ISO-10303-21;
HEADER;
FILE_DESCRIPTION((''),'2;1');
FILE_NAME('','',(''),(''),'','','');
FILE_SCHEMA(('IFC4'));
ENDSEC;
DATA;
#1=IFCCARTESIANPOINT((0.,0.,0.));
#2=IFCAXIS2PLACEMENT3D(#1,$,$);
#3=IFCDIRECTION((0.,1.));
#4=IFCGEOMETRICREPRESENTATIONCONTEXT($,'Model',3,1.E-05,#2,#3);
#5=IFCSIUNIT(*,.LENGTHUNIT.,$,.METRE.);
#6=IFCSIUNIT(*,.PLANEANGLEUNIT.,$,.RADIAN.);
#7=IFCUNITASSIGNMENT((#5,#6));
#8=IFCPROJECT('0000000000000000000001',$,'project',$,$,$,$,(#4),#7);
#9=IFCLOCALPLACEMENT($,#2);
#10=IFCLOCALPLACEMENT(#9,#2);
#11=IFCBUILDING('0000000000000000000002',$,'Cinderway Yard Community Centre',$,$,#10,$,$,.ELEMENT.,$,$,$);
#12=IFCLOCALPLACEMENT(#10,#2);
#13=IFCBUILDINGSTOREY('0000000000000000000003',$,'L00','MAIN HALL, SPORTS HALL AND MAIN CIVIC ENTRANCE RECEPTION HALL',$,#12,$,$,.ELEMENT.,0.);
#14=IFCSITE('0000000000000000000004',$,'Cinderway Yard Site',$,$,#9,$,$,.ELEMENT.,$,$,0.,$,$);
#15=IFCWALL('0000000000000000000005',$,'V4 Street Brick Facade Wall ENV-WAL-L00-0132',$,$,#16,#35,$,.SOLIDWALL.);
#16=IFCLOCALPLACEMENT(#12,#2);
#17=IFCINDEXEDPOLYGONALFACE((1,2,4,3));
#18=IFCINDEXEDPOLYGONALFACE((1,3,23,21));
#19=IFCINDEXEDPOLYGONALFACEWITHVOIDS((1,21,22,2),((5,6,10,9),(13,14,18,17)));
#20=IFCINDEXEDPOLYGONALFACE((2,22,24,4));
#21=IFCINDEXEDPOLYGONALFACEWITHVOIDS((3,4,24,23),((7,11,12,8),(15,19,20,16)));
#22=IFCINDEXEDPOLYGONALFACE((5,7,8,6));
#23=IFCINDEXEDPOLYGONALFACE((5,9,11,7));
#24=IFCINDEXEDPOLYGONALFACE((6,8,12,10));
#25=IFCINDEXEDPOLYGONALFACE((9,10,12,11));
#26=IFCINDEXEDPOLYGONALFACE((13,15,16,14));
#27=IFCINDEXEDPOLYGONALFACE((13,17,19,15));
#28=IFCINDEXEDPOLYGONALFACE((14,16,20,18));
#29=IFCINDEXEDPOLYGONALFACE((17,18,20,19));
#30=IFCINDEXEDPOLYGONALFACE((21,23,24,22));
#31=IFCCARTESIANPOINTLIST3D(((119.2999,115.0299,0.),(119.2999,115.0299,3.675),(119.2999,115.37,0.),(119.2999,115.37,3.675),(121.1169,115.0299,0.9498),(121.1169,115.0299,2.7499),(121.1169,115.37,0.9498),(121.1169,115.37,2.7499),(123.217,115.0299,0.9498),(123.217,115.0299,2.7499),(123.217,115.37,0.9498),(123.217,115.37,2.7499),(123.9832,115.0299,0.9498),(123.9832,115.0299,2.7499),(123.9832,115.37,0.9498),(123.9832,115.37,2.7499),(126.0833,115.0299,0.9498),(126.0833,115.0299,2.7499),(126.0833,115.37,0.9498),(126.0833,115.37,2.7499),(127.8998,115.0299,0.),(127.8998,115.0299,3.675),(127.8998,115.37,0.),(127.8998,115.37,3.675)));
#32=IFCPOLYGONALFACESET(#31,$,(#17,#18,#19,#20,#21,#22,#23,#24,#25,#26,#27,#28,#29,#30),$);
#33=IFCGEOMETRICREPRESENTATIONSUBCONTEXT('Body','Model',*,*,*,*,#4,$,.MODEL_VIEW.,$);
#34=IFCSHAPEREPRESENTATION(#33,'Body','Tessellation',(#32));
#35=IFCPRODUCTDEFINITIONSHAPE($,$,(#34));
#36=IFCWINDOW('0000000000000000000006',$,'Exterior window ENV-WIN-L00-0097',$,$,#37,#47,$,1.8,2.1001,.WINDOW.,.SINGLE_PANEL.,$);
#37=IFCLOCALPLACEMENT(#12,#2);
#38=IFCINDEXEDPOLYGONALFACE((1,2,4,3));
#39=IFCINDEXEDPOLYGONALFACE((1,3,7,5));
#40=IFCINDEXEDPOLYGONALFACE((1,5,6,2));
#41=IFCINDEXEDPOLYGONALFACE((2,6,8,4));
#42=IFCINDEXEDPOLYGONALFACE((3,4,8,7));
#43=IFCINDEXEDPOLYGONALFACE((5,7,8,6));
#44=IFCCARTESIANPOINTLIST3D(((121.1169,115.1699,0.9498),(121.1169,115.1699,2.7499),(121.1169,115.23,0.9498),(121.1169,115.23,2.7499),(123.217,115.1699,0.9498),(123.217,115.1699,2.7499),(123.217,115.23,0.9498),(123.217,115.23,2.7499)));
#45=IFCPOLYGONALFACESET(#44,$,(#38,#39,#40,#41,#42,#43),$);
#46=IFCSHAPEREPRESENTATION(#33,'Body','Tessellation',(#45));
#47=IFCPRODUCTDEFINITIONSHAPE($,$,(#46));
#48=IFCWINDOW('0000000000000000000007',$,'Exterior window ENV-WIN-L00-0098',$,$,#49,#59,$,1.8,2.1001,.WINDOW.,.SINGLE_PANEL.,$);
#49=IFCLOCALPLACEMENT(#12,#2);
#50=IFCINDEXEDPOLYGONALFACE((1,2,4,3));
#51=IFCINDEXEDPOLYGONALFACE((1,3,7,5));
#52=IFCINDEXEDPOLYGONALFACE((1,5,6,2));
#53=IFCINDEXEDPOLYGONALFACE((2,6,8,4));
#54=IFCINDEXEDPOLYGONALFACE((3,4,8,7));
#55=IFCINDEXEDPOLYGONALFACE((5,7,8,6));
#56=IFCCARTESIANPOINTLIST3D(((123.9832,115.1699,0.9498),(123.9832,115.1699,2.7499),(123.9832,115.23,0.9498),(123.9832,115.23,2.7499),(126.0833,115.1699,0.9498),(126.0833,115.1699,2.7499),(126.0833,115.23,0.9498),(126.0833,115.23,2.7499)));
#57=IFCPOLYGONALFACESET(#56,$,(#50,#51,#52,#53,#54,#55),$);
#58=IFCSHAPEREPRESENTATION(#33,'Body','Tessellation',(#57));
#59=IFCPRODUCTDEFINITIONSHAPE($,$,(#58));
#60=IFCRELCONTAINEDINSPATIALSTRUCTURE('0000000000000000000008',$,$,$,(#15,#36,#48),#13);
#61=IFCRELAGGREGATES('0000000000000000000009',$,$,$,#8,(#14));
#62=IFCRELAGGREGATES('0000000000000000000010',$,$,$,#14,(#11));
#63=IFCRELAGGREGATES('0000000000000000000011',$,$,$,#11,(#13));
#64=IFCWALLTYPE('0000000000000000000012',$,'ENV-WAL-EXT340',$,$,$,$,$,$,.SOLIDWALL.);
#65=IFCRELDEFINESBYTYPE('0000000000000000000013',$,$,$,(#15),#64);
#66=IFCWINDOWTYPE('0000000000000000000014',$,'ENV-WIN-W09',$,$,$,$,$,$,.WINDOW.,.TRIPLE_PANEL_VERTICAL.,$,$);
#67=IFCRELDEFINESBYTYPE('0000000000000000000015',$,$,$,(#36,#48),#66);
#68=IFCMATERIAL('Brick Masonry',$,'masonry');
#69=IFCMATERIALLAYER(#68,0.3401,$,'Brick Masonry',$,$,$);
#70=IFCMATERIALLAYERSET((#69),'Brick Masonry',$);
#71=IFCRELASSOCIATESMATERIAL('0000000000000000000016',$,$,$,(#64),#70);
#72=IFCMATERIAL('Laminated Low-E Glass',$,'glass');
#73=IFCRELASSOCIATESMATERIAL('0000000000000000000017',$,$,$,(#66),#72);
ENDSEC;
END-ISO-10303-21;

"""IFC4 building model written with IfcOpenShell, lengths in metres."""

from ifc_helpers import new_model, si_unit, direction, frame, frame_2d, origin, place, context, subcontext, project, spatial, rectangle, extrude, material, layer, layer_set, type_object, element, fill, save


model = new_model("IFC4")

# Units and contexts
model_context = context("Model", 3, precision=1e-05, world=origin(), true_north=direction((0.0, 1.0)))
body_context = subcontext(model_context, "Body", "Model", "MODEL_VIEW")
ifc_project = project(units=[si_unit("LENGTHUNIT", "METRE"), si_unit("PLANEANGLEUNIT", "RADIAN")], contexts=[model_context])

# Site, building, storey
site_placement = place(None, origin())
site = spatial("IfcSite", under=ifc_project, at=site_placement, Name="Cinderway Yard Site", CompositionType="ELEMENT", RefElevation=0.0)
building_placement = place(site_placement, origin())
building = spatial("IfcBuilding", under=site, at=building_placement, Name="Cinderway Yard Community Centre", CompositionType="ELEMENT")
storey_placement = place(building_placement, origin())
storey = spatial("IfcBuildingStorey", under=building, at=storey_placement, Name="L00", Description="MAIN HALL, SPORTS HALL AND MAIN CIVIC ENTRANCE RECEPTION HALL", CompositionType="ELEMENT", Elevation=0.0)

# Shared definitions
ifc_material_1 = material(Name="Laminated Low-E Glass", Category="glass")

# Wall, openings, windows
ifc_material_2 = material(Name="Brick Masonry", Category="masonry")
ifc_layer_1 = layer(ifc_material_2, 0.3401, Name="Brick Masonry")
ifc_layer_set_1 = layer_set([ifc_layer_1], Name="Brick Masonry")
wall_type = type_object("IfcWallType", Name="ENV-WAL-EXT340", PredefinedType="SOLIDWALL", material=ifc_layer_set_1)
wall_placement = place(storey_placement, frame((119.3, 115.2, 0.0), z_axis=(0.0, 0.0, 1.0), x_axis=(1.0, 0.0, 0.0)))
wall = element("IfcWall", 1, at=wall_placement, inside=storey, type_object=wall_type, Name="V4 Street Brick Facade Wall ENV-WAL-L00-0132", PredefinedType="SOLIDWALL", context=body_context, shape_type="SweptSolid", body=[
    extrude(rectangle(XDim=8.5999, YDim=0.3401, at=frame_2d((4.2998, 0.0))), origin(), (0.0, 0.0, 1.0), 3.675),
])
opening_1_placement = place(wall_placement, frame((1.8169, 0.0, 0.95)))
opening_1 = element("IfcOpeningElement", 2, at=opening_1_placement, cuts=wall, PredefinedType="OPENING", context=body_context, shape_type="SweptSolid", body=[
    extrude(rectangle(XDim=2.1001, YDim=1.8, at=frame_2d((1.05, 0.8999))), frame((0.0, 0.1799, 0.0), z_axis=(0.0, -1.0, 0.0), x_axis=(1.0, 0.0, 0.0)), (0.0, 0.0, 1.0), 0.3601),
])
opening_2_placement = place(wall_placement, frame((4.6831, 0.0, 0.95)))
opening_2 = element("IfcOpeningElement", 3, at=opening_2_placement, cuts=wall, PredefinedType="OPENING", context=body_context, shape_type="SweptSolid", body=[
    extrude(rectangle(XDim=2.1001, YDim=1.8, at=frame_2d((1.05, 0.8999))), frame((0.0, 0.1799, 0.0), z_axis=(0.0, -1.0, 0.0), x_axis=(1.0, 0.0, 0.0)), (0.0, 0.0, 1.0), 0.3601),
])
window_type = type_object("IfcWindowType", Name="ENV-WIN-W09", PartitioningType="TRIPLE_PANEL_VERTICAL", PredefinedType="WINDOW", material=ifc_material_1)
window_1_placement = place(opening_1_placement, origin())
window_1 = element("IfcWindow", 4, at=window_1_placement, inside=storey, type_object=window_type, Name="Exterior window ENV-WIN-L00-0097", OverallHeight=1.8, OverallWidth=2.1001, PartitioningType="SINGLE_PANEL", PredefinedType="WINDOW", context=body_context, shape_type="SweptSolid", body=[
    extrude(rectangle(XDim=2.1001, YDim=1.8, at=frame_2d((1.05, 0.8999))), frame((0.0, 0.03, 0.0), z_axis=(0.0, -1.0, 0.0), x_axis=(1.0, 0.0, 0.0)), (0.0, 0.0, 1.0), 0.0601),
])
fill(opening_1, window_1)
window_2_placement = place(opening_2_placement, origin())
window_2 = element("IfcWindow", 5, at=window_2_placement, inside=storey, type_object=window_type, Name="Exterior window ENV-WIN-L00-0098", OverallHeight=1.8, OverallWidth=2.1001, PartitioningType="SINGLE_PANEL", PredefinedType="WINDOW", context=body_context, shape_type="SweptSolid", body=[
    extrude(rectangle(XDim=2.1001, YDim=1.8, at=frame_2d((1.05, 0.8999))), frame((0.0, 0.03, 0.0), z_axis=(0.0, -1.0, 0.0), x_axis=(1.0, 0.0, 0.0)), (0.0, 0.0, 1.0), 0.0601),
])
fill(opening_2, window_2)

save(model, "model.ifc")
